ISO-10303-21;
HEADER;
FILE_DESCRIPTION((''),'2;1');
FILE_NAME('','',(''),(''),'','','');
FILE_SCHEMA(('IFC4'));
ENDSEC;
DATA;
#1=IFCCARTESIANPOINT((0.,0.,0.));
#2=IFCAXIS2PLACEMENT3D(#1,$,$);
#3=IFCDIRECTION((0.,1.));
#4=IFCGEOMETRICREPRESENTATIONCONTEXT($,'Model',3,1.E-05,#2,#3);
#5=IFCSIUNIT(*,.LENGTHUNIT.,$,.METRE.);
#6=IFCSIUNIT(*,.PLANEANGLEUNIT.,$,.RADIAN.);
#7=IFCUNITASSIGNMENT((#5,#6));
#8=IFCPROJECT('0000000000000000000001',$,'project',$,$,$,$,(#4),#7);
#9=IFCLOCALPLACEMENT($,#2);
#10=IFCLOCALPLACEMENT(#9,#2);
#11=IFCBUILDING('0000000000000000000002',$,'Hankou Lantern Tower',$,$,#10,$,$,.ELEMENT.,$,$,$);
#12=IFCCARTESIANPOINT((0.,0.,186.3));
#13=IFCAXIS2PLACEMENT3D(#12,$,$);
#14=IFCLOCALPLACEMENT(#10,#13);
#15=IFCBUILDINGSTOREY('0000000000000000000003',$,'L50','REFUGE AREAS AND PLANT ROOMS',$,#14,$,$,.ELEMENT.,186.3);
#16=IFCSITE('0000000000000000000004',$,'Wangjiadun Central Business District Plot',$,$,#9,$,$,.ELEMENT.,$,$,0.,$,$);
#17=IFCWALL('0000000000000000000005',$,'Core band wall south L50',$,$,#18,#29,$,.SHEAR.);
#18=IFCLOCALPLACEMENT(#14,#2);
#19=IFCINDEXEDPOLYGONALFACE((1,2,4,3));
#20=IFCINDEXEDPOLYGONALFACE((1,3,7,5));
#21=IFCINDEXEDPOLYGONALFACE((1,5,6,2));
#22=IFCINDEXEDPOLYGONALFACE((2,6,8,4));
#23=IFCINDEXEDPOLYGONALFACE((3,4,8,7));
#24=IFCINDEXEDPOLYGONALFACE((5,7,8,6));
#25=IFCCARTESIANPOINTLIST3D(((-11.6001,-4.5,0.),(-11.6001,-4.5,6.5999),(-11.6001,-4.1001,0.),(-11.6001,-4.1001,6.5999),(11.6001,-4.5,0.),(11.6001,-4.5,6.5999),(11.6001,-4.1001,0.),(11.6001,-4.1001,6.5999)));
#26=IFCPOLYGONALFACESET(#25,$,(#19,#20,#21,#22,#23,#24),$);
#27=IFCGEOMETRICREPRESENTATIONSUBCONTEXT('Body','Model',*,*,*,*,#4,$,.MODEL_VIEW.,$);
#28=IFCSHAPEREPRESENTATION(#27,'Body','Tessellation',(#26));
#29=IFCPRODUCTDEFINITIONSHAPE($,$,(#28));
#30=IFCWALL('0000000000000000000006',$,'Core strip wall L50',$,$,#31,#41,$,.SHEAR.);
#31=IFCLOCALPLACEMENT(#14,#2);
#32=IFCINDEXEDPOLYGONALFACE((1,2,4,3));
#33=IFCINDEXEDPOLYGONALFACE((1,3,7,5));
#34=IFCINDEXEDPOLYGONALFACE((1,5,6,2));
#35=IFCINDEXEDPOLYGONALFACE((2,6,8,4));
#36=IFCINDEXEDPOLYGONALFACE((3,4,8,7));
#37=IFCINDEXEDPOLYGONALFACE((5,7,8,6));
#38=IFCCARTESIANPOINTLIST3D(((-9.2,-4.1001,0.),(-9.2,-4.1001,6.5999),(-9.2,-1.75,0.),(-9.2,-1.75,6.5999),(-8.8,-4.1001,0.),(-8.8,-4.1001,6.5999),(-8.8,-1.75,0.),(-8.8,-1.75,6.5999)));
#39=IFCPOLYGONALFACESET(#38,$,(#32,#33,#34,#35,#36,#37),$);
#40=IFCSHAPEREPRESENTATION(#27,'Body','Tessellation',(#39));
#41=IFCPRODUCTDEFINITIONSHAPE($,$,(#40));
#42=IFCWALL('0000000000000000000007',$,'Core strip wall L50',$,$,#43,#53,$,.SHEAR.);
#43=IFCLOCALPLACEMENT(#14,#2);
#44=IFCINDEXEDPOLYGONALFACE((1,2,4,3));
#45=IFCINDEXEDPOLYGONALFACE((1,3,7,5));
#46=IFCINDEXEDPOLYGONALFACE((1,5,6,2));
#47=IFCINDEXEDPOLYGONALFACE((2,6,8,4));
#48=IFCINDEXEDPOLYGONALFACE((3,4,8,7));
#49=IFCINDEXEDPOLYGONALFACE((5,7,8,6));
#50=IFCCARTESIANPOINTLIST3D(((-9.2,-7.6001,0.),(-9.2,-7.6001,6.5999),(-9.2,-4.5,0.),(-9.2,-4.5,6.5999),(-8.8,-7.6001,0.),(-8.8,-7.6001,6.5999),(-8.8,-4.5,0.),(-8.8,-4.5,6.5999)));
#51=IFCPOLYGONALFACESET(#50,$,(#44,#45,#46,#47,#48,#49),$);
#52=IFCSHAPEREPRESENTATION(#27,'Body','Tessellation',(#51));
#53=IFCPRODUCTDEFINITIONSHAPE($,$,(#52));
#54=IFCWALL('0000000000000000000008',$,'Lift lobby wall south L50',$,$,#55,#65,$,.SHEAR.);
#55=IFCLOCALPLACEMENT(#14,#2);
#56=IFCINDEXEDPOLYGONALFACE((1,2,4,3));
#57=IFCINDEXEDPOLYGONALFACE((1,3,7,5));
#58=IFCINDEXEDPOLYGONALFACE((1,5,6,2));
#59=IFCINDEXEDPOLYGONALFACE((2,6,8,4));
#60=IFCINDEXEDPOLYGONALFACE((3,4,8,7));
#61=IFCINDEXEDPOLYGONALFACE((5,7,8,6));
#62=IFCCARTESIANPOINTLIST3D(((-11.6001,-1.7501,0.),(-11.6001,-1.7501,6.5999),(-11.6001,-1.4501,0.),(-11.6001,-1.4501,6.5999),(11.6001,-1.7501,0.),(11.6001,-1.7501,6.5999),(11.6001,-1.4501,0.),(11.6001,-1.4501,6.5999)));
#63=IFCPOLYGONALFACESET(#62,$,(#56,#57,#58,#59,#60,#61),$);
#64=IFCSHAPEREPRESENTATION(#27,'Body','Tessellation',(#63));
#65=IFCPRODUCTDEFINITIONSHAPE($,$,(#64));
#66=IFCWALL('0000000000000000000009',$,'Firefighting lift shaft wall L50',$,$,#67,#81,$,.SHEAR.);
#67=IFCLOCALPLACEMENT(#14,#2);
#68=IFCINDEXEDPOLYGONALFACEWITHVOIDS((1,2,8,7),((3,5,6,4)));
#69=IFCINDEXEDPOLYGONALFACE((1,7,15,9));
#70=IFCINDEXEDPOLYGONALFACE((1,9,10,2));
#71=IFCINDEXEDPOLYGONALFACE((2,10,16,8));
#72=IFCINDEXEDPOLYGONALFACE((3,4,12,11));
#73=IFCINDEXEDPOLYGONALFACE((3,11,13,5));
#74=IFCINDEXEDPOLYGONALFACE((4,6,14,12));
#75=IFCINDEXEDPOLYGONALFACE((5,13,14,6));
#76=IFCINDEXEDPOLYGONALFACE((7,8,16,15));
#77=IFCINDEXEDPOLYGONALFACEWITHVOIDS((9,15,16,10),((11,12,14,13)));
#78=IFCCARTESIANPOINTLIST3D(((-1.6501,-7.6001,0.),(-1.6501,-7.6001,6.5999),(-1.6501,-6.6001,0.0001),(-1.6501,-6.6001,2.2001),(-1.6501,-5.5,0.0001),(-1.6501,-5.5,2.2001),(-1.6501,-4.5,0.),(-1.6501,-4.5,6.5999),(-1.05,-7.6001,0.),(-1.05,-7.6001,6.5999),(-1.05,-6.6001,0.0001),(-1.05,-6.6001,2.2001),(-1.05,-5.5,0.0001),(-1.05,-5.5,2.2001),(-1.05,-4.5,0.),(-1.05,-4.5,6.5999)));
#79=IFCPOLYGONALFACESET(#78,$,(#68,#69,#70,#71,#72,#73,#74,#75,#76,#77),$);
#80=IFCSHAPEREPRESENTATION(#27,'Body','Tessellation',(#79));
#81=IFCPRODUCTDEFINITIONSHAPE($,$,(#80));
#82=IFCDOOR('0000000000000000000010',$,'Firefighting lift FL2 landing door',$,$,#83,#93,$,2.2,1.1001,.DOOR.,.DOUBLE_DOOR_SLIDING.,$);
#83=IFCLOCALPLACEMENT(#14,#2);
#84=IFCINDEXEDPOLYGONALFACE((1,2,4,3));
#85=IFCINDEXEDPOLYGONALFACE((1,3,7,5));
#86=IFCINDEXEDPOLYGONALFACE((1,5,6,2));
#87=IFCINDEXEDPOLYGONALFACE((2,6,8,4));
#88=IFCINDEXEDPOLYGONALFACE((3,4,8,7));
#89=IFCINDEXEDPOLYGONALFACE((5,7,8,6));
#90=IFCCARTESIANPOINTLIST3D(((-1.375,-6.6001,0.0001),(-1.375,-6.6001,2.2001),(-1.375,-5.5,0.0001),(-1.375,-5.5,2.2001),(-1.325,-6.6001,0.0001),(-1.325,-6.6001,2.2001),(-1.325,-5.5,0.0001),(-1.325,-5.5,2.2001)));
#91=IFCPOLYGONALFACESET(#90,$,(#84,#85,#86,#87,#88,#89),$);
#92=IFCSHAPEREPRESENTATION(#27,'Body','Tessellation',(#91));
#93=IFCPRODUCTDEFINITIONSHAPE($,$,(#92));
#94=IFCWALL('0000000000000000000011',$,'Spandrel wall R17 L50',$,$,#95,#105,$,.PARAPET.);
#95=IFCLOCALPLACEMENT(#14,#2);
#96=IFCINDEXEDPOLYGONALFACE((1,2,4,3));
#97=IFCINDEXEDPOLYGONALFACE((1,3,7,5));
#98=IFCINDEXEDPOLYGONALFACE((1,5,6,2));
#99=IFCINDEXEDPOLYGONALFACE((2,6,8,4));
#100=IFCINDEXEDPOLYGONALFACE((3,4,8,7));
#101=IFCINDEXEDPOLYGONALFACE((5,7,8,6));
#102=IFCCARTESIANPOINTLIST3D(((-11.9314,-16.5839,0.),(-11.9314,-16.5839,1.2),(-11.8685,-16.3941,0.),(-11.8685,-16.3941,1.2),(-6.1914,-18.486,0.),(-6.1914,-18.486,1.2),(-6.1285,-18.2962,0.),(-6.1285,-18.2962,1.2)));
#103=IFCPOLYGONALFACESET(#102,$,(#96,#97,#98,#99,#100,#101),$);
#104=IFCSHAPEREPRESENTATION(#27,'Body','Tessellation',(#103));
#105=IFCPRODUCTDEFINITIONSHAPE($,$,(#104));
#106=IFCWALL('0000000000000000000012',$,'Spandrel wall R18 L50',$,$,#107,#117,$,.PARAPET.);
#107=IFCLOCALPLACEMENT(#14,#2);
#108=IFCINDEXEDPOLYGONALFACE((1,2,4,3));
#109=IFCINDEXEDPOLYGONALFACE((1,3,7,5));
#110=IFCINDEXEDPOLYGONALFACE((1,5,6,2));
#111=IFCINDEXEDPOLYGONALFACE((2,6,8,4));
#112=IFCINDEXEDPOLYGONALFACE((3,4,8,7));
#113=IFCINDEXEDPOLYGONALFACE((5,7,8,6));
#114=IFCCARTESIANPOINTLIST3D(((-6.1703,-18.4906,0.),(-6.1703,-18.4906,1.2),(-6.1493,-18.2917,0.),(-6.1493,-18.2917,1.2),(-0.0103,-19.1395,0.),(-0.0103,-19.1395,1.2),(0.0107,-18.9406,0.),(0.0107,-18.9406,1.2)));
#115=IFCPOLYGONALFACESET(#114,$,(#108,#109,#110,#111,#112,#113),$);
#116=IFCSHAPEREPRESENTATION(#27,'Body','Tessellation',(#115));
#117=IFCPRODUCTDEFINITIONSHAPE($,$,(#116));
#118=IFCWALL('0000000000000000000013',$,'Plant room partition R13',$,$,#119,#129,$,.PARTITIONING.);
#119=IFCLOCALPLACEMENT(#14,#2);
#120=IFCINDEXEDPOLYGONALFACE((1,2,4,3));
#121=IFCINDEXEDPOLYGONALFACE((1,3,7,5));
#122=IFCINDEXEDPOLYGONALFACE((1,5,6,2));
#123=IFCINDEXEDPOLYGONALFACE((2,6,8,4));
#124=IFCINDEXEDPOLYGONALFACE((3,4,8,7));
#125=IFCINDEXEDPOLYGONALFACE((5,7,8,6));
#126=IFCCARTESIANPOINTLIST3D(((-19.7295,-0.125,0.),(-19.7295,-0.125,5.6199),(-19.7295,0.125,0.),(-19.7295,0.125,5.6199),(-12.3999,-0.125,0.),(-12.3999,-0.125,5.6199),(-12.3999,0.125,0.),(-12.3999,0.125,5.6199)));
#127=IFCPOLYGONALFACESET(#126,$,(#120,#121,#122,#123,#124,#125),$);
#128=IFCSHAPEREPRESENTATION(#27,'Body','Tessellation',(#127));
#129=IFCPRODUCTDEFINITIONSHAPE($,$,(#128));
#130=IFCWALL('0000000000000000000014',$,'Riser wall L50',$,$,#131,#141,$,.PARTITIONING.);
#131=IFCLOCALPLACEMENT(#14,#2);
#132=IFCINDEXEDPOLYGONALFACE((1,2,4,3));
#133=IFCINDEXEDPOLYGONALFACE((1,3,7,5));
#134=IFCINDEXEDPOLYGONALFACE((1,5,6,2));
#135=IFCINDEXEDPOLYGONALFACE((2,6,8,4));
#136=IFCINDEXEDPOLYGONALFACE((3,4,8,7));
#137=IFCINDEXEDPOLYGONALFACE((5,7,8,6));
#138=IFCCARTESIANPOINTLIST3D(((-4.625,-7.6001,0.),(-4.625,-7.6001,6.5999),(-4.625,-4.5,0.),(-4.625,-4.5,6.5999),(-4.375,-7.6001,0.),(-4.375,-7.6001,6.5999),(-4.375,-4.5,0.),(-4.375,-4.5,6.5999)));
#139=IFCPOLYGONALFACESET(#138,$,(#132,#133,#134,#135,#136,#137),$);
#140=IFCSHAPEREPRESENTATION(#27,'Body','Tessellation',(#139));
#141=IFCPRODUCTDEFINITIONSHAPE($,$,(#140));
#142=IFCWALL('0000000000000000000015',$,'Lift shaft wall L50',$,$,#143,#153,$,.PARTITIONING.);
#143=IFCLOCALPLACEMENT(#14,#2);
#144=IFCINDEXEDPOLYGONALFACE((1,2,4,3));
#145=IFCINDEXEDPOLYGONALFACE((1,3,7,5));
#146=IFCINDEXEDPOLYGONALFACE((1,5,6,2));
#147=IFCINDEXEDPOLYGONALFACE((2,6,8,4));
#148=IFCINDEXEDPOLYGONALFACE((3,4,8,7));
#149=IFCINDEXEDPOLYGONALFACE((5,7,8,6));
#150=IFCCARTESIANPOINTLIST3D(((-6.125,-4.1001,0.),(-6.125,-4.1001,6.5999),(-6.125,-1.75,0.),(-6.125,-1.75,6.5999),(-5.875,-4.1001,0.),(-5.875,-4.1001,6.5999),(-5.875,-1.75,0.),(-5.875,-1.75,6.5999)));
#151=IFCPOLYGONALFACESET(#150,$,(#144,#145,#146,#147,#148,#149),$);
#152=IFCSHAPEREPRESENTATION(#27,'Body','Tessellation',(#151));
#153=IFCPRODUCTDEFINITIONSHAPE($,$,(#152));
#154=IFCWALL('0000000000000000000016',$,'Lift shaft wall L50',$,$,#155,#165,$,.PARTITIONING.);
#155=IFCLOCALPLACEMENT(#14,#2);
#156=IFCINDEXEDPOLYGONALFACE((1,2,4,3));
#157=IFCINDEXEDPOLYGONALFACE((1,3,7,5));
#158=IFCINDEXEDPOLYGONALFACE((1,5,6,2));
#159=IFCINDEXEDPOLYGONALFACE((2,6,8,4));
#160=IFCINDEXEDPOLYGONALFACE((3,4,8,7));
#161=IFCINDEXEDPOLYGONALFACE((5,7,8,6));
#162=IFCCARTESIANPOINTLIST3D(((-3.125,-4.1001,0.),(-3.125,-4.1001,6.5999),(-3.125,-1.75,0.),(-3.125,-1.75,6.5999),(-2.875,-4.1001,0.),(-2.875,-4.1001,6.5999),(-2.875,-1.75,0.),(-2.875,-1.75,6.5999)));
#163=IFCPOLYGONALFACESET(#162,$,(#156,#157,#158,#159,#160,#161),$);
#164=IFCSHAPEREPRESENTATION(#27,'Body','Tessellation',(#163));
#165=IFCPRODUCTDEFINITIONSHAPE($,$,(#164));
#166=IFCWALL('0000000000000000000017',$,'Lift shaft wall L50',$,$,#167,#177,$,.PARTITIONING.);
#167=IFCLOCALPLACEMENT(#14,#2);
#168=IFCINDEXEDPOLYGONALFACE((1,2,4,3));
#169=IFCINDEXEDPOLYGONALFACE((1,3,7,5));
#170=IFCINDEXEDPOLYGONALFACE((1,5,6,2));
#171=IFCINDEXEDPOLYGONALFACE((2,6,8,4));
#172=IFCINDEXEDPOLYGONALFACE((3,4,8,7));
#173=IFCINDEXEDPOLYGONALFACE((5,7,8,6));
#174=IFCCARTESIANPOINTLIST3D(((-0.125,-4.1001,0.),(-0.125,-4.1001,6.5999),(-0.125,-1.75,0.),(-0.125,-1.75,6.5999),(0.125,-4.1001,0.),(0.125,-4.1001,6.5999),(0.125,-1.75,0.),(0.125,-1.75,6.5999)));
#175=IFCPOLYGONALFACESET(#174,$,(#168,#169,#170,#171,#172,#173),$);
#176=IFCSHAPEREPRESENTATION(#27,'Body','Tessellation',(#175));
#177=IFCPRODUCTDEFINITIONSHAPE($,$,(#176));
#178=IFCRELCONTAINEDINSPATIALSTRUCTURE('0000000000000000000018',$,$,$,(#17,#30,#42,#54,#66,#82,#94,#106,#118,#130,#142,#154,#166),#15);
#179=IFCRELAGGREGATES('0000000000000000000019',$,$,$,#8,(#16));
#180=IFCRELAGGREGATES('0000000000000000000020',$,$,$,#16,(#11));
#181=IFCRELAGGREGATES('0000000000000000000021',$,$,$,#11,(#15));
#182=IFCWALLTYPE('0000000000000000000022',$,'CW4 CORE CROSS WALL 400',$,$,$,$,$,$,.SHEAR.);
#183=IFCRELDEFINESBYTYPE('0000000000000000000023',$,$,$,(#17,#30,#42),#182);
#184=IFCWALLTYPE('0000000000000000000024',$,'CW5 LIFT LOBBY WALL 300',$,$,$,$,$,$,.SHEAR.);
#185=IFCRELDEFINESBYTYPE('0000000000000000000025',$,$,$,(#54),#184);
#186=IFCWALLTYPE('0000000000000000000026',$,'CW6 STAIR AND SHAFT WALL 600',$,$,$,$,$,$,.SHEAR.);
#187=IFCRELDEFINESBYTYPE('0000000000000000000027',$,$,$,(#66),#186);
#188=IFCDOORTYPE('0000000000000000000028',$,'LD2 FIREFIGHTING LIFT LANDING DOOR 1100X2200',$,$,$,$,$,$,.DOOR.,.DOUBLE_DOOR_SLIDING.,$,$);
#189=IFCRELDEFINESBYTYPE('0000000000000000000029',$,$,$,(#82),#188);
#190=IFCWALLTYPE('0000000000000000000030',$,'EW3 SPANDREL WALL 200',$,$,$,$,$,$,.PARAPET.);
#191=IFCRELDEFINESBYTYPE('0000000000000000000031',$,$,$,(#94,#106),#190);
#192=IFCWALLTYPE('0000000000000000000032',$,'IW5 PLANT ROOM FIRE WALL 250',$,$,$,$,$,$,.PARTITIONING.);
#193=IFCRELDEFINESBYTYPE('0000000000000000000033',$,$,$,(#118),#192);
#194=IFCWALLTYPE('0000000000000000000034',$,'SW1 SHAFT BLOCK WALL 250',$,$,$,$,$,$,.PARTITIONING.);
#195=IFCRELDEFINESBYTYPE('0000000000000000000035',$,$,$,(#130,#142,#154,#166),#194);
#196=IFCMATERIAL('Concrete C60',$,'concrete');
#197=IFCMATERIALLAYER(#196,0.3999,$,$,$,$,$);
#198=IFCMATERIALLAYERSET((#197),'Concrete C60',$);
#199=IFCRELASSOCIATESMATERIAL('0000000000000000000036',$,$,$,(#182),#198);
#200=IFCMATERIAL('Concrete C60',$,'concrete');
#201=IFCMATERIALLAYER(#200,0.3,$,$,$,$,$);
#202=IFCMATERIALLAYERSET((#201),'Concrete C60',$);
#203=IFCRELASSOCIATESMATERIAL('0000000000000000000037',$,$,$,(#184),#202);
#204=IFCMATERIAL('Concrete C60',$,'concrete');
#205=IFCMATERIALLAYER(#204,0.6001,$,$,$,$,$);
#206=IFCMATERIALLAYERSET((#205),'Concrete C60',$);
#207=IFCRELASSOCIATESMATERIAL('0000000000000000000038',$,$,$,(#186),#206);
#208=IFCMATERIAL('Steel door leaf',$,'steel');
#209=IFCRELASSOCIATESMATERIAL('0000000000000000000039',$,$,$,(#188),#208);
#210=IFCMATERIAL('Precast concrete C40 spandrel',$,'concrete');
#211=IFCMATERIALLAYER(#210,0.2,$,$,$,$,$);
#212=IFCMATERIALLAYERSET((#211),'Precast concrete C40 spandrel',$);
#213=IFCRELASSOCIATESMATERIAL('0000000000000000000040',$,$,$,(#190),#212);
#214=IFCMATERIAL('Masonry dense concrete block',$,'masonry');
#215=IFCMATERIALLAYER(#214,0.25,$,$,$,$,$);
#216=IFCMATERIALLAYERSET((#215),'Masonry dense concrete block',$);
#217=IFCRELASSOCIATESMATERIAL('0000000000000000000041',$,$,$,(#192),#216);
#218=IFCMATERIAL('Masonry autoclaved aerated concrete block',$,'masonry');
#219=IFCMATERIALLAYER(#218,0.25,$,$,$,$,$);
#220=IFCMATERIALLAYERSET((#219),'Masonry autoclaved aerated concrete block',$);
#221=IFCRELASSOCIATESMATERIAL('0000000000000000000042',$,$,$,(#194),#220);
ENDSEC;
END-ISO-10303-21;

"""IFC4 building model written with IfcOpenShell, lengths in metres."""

from ifc_helpers import new_model, si_unit, direction, frame, frame_2d, origin, place, context, subcontext, project, spatial, rectangle, extrude, material, layer, layer_set, type_object, element, fill, save


model = new_model("IFC4")

# Units and contexts
model_context = context("Model", 3, precision=1e-05, world=origin(), true_north=direction((0.0, 1.0)))
body_context = subcontext(model_context, "Body", "Model", "MODEL_VIEW")
ifc_project = project(units=[si_unit("LENGTHUNIT", "METRE"), si_unit("PLANEANGLEUNIT", "RADIAN")], contexts=[model_context])

# Site, building, storey
site_placement = place(None, origin())
site = spatial("IfcSite", under=ifc_project, at=site_placement, Name="Wangjiadun Central Business District Plot", CompositionType="ELEMENT", RefElevation=0.0)
building_placement = place(site_placement, origin())
building = spatial("IfcBuilding", under=site, at=building_placement, Name="Hankou Lantern Tower", CompositionType="ELEMENT")
storey_placement = place(building_placement, frame((0.0, 0.0, 186.3)))
storey = spatial("IfcBuildingStorey", under=building, at=storey_placement, Name="L50", Description="REFUGE AREAS AND PLANT ROOMS", CompositionType="ELEMENT", Elevation=186.3)

# Walls
ifc_material_1 = material(Name="Concrete C60", Category="concrete")
ifc_layer_1 = layer(ifc_material_1, 0.3999)
ifc_layer_set_1 = layer_set([ifc_layer_1], Name="Concrete C60")
wall_type_1 = type_object("IfcWallType", Name="CW4 CORE CROSS WALL 400", PredefinedType="SHEAR", material=ifc_layer_set_1)
wall_1_placement = place(storey_placement, frame((-11.6001, -4.3, 0.0), z_axis=(0.0, 0.0, 1.0), x_axis=(1.0, 0.0, 0.0)))
element("IfcWall", 1, at=wall_1_placement, inside=storey, type_object=wall_type_1, Name="Core band wall south L50", PredefinedType="SHEAR", context=body_context, shape_type="SweptSolid", body=[
    extrude(rectangle(XDim=23.2002, YDim=0.3999, at=frame_2d((11.6001, 0.0))), origin(), (0.0, 0.0, 1.0), 6.5999),
])
wall_2_placement = place(storey_placement, frame((-9.0, -4.1001, 0.0), z_axis=(0.0, 0.0, 1.0), x_axis=(0.0, 1.0, 0.0)))
element("IfcWall", 2, at=wall_2_placement, inside=storey, type_object=wall_type_1, Name="Core strip wall L50", PredefinedType="SHEAR", context=body_context, shape_type="SweptSolid", body=[
    extrude(rectangle(XDim=2.3501, YDim=0.3999, at=frame_2d((1.175, 0.0))), origin(), (0.0, 0.0, 1.0), 6.5999),
])
wall_3_placement = place(storey_placement, frame((-9.0, -7.6001, 0.0), z_axis=(0.0, 0.0, 1.0), x_axis=(0.0, 1.0, 0.0)))
element("IfcWall", 3, at=wall_3_placement, inside=storey, type_object=wall_type_1, Name="Core strip wall L50", PredefinedType="SHEAR", context=body_context, shape_type="SweptSolid", body=[
    extrude(rectangle(XDim=3.1001, YDim=0.3999, at=frame_2d((1.55, 0.0))), origin(), (0.0, 0.0, 1.0), 6.5999),
])
ifc_material_2 = material(Name="Concrete C60", Category="concrete")
ifc_layer_2 = layer(ifc_material_2, 0.3)
ifc_layer_set_2 = layer_set([ifc_layer_2], Name="Concrete C60")
wall_type_2 = type_object("IfcWallType", Name="CW5 LIFT LOBBY WALL 300", PredefinedType="SHEAR", material=ifc_layer_set_2)
wall_4_placement = place(storey_placement, frame((-11.6001, -1.6001, 0.0), z_axis=(0.0, 0.0, 1.0), x_axis=(1.0, 0.0, 0.0)))
element("IfcWall", 4, at=wall_4_placement, inside=storey, type_object=wall_type_2, Name="Lift lobby wall south L50", PredefinedType="SHEAR", context=body_context, shape_type="SweptSolid", body=[
    extrude(rectangle(XDim=23.2002, YDim=0.3, at=frame_2d((11.6001, 0.0))), origin(), (0.0, 0.0, 1.0), 6.5999),
])

# Wall, opening, door
ifc_material_3 = material(Name="Concrete C60", Category="concrete")
ifc_layer_3 = layer(ifc_material_3, 0.6001)
ifc_layer_set_3 = layer_set([ifc_layer_3], Name="Concrete C60")
wall_type_3 = type_object("IfcWallType", Name="CW6 STAIR AND SHAFT WALL 600", PredefinedType="SHEAR", material=ifc_layer_set_3)
wall_5_placement = place(storey_placement, frame((-1.3501, -7.6001, 0.0), z_axis=(0.0, 0.0, 1.0), x_axis=(0.0, 1.0, 0.0)))
wall_5 = element("IfcWall", 5, at=wall_5_placement, inside=storey, type_object=wall_type_3, Name="Firefighting lift shaft wall L50", PredefinedType="SHEAR", context=body_context, shape_type="SweptSolid", body=[
    extrude(rectangle(XDim=3.1001, YDim=0.6001, at=frame_2d((1.55, 0.0))), origin(), (0.0, 0.0, 1.0), 6.5999),
])
opening_placement = place(wall_5_placement, frame((1.0, 0.0, 0.0)))
opening = element("IfcOpeningElement", 6, at=opening_placement, cuts=wall_5, PredefinedType="OPENING", context=body_context, shape_type="SweptSolid", body=[
    extrude(rectangle(XDim=1.1001, YDim=2.2, at=frame_2d((0.55, 1.1001))), frame((0.0, 0.3101, 0.0), z_axis=(0.0, -1.0, 0.0), x_axis=(1.0, 0.0, 0.0)), (0.0, 0.0, 1.0), 0.6201),
])
ifc_material_4 = material(Name="Steel door leaf", Category="steel")
door_type = type_object("IfcDoorType", Name="LD2 FIREFIGHTING LIFT LANDING DOOR 1100X2200", OperationType="DOUBLE_DOOR_SLIDING", PredefinedType="DOOR", material=ifc_material_4)
door_placement = place(opening_placement, origin())
door = element("IfcDoor", 7, at=door_placement, inside=storey, type_object=door_type, Name="Firefighting lift FL2 landing door", OperationType="DOUBLE_DOOR_SLIDING", OverallHeight=2.2, OverallWidth=1.1001, PredefinedType="DOOR", context=body_context, shape_type="SweptSolid", body=[
    extrude(rectangle(XDim=1.1001, YDim=2.2, at=frame_2d((0.55, 1.1001))), frame((0.0, 0.0249, 0.0), z_axis=(0.0, -1.0, 0.0), x_axis=(1.0, 0.0, 0.0)), (0.0, 0.0, 1.0), 0.05),
])
fill(opening, door)

# Walls
ifc_material_5 = material(Name="Precast concrete C40 spandrel", Category="concrete")
ifc_layer_4 = layer(ifc_material_5, 0.2)
ifc_layer_set_4 = layer_set([ifc_layer_4], Name="Precast concrete C40 spandrel")
wall_type_4 = type_object("IfcWallType", Name="EW3 SPANDREL WALL 200", PredefinedType="PARAPET", material=ifc_layer_set_4)
wall_6_placement = place(storey_placement, frame((-11.8999, -16.489, 0.0), z_axis=(0.0, 0.0, 1.0), x_axis=(0.949239, -0.314556, 0.0)))
element("IfcWall", 8, at=wall_6_placement, inside=storey, type_object=wall_type_4, Name="Spandrel wall R17 L50", PredefinedType="PARAPET", context=body_context, shape_type="SweptSolid", body=[
    extrude(rectangle(XDim=6.0469, YDim=0.2, at=frame_2d((3.0234, 0.0))), origin(), (0.0, 0.0, 1.0), 1.2),
])
wall_7_placement = place(storey_placement, frame((-6.1599, -18.3911, 0.0), z_axis=(0.0, 0.0, 1.0), x_axis=(0.994497, -0.104767, 0.0)))
element("IfcWall", 9, at=wall_7_placement, inside=storey, type_object=wall_type_4, Name="Spandrel wall R18 L50", PredefinedType="PARAPET", context=body_context, shape_type="SweptSolid", body=[
    extrude(rectangle(XDim=6.1941, YDim=0.2, at=frame_2d((3.0972, 0.0))), origin(), (0.0, 0.0, 1.0), 1.2),
])
ifc_material_6 = material(Name="Masonry dense concrete block", Category="masonry")
ifc_layer_5 = layer(ifc_material_6, 0.25)
ifc_layer_set_5 = layer_set([ifc_layer_5], Name="Masonry dense concrete block")
wall_type_5 = type_object("IfcWallType", Name="IW5 PLANT ROOM FIRE WALL 250", PredefinedType="PARTITIONING", material=ifc_layer_set_5)
wall_8_placement = place(storey_placement, frame((-12.3999, 0.0, 0.0), z_axis=(0.0, 0.0, 1.0), x_axis=(-1.0, 0.0, 0.0)))
element("IfcWall", 10, at=wall_8_placement, inside=storey, type_object=wall_type_5, Name="Plant room partition R13", PredefinedType="PARTITIONING", context=body_context, shape_type="SweptSolid", body=[
    extrude(rectangle(XDim=7.3296, YDim=0.25, at=frame_2d((3.6648, 0.0))), origin(), (0.0, 0.0, 1.0), 5.6199),
])
ifc_material_7 = material(Name="Masonry autoclaved aerated concrete block", Category="masonry")
ifc_layer_6 = layer(ifc_material_7, 0.25)
ifc_layer_set_6 = layer_set([ifc_layer_6], Name="Masonry autoclaved aerated concrete block")
wall_type_6 = type_object("IfcWallType", Name="SW1 SHAFT BLOCK WALL 250", PredefinedType="PARTITIONING", material=ifc_layer_set_6)
wall_9_placement = place(storey_placement, frame((-4.5, -7.6001, 0.0), z_axis=(0.0, 0.0, 1.0), x_axis=(0.0, 1.0, 0.0)))
element("IfcWall", 11, at=wall_9_placement, inside=storey, type_object=wall_type_6, Name="Riser wall L50", PredefinedType="PARTITIONING", context=body_context, shape_type="SweptSolid", body=[
    extrude(rectangle(XDim=3.1001, YDim=0.25, at=frame_2d((1.55, 0.0))), origin(), (0.0, 0.0, 1.0), 6.5999),
])
for number, where, z_axis, x_axis, name in (
    (12, (-6.0, -4.1001, 0.0), (0.0, 0.0, 1.0), (0.0, 1.0, 0.0), "Lift shaft wall L50"),
    (13, (-3.0, -4.1001, 0.0), (0.0, 0.0, 1.0), (0.0, 1.0, 0.0), "Lift shaft wall L50"),
    (14, (0.0, -4.1001, 0.0), (0.0, 0.0, 1.0), (0.0, 1.0, 0.0), "Lift shaft wall L50"),
):
    element("IfcWall", number, at=place(storey_placement, frame(where, z_axis=z_axis, x_axis=x_axis)), inside=storey, type_object=wall_type_6, Name=name, PredefinedType="PARTITIONING", context=body_context, shape_type="SweptSolid", body=[
        extrude(rectangle(XDim=2.3501, YDim=0.25, at=frame_2d((1.175, 0.0))), origin(), (0.0, 0.0, 1.0), 6.5999),
    ])

save(model, "model.ifc")
